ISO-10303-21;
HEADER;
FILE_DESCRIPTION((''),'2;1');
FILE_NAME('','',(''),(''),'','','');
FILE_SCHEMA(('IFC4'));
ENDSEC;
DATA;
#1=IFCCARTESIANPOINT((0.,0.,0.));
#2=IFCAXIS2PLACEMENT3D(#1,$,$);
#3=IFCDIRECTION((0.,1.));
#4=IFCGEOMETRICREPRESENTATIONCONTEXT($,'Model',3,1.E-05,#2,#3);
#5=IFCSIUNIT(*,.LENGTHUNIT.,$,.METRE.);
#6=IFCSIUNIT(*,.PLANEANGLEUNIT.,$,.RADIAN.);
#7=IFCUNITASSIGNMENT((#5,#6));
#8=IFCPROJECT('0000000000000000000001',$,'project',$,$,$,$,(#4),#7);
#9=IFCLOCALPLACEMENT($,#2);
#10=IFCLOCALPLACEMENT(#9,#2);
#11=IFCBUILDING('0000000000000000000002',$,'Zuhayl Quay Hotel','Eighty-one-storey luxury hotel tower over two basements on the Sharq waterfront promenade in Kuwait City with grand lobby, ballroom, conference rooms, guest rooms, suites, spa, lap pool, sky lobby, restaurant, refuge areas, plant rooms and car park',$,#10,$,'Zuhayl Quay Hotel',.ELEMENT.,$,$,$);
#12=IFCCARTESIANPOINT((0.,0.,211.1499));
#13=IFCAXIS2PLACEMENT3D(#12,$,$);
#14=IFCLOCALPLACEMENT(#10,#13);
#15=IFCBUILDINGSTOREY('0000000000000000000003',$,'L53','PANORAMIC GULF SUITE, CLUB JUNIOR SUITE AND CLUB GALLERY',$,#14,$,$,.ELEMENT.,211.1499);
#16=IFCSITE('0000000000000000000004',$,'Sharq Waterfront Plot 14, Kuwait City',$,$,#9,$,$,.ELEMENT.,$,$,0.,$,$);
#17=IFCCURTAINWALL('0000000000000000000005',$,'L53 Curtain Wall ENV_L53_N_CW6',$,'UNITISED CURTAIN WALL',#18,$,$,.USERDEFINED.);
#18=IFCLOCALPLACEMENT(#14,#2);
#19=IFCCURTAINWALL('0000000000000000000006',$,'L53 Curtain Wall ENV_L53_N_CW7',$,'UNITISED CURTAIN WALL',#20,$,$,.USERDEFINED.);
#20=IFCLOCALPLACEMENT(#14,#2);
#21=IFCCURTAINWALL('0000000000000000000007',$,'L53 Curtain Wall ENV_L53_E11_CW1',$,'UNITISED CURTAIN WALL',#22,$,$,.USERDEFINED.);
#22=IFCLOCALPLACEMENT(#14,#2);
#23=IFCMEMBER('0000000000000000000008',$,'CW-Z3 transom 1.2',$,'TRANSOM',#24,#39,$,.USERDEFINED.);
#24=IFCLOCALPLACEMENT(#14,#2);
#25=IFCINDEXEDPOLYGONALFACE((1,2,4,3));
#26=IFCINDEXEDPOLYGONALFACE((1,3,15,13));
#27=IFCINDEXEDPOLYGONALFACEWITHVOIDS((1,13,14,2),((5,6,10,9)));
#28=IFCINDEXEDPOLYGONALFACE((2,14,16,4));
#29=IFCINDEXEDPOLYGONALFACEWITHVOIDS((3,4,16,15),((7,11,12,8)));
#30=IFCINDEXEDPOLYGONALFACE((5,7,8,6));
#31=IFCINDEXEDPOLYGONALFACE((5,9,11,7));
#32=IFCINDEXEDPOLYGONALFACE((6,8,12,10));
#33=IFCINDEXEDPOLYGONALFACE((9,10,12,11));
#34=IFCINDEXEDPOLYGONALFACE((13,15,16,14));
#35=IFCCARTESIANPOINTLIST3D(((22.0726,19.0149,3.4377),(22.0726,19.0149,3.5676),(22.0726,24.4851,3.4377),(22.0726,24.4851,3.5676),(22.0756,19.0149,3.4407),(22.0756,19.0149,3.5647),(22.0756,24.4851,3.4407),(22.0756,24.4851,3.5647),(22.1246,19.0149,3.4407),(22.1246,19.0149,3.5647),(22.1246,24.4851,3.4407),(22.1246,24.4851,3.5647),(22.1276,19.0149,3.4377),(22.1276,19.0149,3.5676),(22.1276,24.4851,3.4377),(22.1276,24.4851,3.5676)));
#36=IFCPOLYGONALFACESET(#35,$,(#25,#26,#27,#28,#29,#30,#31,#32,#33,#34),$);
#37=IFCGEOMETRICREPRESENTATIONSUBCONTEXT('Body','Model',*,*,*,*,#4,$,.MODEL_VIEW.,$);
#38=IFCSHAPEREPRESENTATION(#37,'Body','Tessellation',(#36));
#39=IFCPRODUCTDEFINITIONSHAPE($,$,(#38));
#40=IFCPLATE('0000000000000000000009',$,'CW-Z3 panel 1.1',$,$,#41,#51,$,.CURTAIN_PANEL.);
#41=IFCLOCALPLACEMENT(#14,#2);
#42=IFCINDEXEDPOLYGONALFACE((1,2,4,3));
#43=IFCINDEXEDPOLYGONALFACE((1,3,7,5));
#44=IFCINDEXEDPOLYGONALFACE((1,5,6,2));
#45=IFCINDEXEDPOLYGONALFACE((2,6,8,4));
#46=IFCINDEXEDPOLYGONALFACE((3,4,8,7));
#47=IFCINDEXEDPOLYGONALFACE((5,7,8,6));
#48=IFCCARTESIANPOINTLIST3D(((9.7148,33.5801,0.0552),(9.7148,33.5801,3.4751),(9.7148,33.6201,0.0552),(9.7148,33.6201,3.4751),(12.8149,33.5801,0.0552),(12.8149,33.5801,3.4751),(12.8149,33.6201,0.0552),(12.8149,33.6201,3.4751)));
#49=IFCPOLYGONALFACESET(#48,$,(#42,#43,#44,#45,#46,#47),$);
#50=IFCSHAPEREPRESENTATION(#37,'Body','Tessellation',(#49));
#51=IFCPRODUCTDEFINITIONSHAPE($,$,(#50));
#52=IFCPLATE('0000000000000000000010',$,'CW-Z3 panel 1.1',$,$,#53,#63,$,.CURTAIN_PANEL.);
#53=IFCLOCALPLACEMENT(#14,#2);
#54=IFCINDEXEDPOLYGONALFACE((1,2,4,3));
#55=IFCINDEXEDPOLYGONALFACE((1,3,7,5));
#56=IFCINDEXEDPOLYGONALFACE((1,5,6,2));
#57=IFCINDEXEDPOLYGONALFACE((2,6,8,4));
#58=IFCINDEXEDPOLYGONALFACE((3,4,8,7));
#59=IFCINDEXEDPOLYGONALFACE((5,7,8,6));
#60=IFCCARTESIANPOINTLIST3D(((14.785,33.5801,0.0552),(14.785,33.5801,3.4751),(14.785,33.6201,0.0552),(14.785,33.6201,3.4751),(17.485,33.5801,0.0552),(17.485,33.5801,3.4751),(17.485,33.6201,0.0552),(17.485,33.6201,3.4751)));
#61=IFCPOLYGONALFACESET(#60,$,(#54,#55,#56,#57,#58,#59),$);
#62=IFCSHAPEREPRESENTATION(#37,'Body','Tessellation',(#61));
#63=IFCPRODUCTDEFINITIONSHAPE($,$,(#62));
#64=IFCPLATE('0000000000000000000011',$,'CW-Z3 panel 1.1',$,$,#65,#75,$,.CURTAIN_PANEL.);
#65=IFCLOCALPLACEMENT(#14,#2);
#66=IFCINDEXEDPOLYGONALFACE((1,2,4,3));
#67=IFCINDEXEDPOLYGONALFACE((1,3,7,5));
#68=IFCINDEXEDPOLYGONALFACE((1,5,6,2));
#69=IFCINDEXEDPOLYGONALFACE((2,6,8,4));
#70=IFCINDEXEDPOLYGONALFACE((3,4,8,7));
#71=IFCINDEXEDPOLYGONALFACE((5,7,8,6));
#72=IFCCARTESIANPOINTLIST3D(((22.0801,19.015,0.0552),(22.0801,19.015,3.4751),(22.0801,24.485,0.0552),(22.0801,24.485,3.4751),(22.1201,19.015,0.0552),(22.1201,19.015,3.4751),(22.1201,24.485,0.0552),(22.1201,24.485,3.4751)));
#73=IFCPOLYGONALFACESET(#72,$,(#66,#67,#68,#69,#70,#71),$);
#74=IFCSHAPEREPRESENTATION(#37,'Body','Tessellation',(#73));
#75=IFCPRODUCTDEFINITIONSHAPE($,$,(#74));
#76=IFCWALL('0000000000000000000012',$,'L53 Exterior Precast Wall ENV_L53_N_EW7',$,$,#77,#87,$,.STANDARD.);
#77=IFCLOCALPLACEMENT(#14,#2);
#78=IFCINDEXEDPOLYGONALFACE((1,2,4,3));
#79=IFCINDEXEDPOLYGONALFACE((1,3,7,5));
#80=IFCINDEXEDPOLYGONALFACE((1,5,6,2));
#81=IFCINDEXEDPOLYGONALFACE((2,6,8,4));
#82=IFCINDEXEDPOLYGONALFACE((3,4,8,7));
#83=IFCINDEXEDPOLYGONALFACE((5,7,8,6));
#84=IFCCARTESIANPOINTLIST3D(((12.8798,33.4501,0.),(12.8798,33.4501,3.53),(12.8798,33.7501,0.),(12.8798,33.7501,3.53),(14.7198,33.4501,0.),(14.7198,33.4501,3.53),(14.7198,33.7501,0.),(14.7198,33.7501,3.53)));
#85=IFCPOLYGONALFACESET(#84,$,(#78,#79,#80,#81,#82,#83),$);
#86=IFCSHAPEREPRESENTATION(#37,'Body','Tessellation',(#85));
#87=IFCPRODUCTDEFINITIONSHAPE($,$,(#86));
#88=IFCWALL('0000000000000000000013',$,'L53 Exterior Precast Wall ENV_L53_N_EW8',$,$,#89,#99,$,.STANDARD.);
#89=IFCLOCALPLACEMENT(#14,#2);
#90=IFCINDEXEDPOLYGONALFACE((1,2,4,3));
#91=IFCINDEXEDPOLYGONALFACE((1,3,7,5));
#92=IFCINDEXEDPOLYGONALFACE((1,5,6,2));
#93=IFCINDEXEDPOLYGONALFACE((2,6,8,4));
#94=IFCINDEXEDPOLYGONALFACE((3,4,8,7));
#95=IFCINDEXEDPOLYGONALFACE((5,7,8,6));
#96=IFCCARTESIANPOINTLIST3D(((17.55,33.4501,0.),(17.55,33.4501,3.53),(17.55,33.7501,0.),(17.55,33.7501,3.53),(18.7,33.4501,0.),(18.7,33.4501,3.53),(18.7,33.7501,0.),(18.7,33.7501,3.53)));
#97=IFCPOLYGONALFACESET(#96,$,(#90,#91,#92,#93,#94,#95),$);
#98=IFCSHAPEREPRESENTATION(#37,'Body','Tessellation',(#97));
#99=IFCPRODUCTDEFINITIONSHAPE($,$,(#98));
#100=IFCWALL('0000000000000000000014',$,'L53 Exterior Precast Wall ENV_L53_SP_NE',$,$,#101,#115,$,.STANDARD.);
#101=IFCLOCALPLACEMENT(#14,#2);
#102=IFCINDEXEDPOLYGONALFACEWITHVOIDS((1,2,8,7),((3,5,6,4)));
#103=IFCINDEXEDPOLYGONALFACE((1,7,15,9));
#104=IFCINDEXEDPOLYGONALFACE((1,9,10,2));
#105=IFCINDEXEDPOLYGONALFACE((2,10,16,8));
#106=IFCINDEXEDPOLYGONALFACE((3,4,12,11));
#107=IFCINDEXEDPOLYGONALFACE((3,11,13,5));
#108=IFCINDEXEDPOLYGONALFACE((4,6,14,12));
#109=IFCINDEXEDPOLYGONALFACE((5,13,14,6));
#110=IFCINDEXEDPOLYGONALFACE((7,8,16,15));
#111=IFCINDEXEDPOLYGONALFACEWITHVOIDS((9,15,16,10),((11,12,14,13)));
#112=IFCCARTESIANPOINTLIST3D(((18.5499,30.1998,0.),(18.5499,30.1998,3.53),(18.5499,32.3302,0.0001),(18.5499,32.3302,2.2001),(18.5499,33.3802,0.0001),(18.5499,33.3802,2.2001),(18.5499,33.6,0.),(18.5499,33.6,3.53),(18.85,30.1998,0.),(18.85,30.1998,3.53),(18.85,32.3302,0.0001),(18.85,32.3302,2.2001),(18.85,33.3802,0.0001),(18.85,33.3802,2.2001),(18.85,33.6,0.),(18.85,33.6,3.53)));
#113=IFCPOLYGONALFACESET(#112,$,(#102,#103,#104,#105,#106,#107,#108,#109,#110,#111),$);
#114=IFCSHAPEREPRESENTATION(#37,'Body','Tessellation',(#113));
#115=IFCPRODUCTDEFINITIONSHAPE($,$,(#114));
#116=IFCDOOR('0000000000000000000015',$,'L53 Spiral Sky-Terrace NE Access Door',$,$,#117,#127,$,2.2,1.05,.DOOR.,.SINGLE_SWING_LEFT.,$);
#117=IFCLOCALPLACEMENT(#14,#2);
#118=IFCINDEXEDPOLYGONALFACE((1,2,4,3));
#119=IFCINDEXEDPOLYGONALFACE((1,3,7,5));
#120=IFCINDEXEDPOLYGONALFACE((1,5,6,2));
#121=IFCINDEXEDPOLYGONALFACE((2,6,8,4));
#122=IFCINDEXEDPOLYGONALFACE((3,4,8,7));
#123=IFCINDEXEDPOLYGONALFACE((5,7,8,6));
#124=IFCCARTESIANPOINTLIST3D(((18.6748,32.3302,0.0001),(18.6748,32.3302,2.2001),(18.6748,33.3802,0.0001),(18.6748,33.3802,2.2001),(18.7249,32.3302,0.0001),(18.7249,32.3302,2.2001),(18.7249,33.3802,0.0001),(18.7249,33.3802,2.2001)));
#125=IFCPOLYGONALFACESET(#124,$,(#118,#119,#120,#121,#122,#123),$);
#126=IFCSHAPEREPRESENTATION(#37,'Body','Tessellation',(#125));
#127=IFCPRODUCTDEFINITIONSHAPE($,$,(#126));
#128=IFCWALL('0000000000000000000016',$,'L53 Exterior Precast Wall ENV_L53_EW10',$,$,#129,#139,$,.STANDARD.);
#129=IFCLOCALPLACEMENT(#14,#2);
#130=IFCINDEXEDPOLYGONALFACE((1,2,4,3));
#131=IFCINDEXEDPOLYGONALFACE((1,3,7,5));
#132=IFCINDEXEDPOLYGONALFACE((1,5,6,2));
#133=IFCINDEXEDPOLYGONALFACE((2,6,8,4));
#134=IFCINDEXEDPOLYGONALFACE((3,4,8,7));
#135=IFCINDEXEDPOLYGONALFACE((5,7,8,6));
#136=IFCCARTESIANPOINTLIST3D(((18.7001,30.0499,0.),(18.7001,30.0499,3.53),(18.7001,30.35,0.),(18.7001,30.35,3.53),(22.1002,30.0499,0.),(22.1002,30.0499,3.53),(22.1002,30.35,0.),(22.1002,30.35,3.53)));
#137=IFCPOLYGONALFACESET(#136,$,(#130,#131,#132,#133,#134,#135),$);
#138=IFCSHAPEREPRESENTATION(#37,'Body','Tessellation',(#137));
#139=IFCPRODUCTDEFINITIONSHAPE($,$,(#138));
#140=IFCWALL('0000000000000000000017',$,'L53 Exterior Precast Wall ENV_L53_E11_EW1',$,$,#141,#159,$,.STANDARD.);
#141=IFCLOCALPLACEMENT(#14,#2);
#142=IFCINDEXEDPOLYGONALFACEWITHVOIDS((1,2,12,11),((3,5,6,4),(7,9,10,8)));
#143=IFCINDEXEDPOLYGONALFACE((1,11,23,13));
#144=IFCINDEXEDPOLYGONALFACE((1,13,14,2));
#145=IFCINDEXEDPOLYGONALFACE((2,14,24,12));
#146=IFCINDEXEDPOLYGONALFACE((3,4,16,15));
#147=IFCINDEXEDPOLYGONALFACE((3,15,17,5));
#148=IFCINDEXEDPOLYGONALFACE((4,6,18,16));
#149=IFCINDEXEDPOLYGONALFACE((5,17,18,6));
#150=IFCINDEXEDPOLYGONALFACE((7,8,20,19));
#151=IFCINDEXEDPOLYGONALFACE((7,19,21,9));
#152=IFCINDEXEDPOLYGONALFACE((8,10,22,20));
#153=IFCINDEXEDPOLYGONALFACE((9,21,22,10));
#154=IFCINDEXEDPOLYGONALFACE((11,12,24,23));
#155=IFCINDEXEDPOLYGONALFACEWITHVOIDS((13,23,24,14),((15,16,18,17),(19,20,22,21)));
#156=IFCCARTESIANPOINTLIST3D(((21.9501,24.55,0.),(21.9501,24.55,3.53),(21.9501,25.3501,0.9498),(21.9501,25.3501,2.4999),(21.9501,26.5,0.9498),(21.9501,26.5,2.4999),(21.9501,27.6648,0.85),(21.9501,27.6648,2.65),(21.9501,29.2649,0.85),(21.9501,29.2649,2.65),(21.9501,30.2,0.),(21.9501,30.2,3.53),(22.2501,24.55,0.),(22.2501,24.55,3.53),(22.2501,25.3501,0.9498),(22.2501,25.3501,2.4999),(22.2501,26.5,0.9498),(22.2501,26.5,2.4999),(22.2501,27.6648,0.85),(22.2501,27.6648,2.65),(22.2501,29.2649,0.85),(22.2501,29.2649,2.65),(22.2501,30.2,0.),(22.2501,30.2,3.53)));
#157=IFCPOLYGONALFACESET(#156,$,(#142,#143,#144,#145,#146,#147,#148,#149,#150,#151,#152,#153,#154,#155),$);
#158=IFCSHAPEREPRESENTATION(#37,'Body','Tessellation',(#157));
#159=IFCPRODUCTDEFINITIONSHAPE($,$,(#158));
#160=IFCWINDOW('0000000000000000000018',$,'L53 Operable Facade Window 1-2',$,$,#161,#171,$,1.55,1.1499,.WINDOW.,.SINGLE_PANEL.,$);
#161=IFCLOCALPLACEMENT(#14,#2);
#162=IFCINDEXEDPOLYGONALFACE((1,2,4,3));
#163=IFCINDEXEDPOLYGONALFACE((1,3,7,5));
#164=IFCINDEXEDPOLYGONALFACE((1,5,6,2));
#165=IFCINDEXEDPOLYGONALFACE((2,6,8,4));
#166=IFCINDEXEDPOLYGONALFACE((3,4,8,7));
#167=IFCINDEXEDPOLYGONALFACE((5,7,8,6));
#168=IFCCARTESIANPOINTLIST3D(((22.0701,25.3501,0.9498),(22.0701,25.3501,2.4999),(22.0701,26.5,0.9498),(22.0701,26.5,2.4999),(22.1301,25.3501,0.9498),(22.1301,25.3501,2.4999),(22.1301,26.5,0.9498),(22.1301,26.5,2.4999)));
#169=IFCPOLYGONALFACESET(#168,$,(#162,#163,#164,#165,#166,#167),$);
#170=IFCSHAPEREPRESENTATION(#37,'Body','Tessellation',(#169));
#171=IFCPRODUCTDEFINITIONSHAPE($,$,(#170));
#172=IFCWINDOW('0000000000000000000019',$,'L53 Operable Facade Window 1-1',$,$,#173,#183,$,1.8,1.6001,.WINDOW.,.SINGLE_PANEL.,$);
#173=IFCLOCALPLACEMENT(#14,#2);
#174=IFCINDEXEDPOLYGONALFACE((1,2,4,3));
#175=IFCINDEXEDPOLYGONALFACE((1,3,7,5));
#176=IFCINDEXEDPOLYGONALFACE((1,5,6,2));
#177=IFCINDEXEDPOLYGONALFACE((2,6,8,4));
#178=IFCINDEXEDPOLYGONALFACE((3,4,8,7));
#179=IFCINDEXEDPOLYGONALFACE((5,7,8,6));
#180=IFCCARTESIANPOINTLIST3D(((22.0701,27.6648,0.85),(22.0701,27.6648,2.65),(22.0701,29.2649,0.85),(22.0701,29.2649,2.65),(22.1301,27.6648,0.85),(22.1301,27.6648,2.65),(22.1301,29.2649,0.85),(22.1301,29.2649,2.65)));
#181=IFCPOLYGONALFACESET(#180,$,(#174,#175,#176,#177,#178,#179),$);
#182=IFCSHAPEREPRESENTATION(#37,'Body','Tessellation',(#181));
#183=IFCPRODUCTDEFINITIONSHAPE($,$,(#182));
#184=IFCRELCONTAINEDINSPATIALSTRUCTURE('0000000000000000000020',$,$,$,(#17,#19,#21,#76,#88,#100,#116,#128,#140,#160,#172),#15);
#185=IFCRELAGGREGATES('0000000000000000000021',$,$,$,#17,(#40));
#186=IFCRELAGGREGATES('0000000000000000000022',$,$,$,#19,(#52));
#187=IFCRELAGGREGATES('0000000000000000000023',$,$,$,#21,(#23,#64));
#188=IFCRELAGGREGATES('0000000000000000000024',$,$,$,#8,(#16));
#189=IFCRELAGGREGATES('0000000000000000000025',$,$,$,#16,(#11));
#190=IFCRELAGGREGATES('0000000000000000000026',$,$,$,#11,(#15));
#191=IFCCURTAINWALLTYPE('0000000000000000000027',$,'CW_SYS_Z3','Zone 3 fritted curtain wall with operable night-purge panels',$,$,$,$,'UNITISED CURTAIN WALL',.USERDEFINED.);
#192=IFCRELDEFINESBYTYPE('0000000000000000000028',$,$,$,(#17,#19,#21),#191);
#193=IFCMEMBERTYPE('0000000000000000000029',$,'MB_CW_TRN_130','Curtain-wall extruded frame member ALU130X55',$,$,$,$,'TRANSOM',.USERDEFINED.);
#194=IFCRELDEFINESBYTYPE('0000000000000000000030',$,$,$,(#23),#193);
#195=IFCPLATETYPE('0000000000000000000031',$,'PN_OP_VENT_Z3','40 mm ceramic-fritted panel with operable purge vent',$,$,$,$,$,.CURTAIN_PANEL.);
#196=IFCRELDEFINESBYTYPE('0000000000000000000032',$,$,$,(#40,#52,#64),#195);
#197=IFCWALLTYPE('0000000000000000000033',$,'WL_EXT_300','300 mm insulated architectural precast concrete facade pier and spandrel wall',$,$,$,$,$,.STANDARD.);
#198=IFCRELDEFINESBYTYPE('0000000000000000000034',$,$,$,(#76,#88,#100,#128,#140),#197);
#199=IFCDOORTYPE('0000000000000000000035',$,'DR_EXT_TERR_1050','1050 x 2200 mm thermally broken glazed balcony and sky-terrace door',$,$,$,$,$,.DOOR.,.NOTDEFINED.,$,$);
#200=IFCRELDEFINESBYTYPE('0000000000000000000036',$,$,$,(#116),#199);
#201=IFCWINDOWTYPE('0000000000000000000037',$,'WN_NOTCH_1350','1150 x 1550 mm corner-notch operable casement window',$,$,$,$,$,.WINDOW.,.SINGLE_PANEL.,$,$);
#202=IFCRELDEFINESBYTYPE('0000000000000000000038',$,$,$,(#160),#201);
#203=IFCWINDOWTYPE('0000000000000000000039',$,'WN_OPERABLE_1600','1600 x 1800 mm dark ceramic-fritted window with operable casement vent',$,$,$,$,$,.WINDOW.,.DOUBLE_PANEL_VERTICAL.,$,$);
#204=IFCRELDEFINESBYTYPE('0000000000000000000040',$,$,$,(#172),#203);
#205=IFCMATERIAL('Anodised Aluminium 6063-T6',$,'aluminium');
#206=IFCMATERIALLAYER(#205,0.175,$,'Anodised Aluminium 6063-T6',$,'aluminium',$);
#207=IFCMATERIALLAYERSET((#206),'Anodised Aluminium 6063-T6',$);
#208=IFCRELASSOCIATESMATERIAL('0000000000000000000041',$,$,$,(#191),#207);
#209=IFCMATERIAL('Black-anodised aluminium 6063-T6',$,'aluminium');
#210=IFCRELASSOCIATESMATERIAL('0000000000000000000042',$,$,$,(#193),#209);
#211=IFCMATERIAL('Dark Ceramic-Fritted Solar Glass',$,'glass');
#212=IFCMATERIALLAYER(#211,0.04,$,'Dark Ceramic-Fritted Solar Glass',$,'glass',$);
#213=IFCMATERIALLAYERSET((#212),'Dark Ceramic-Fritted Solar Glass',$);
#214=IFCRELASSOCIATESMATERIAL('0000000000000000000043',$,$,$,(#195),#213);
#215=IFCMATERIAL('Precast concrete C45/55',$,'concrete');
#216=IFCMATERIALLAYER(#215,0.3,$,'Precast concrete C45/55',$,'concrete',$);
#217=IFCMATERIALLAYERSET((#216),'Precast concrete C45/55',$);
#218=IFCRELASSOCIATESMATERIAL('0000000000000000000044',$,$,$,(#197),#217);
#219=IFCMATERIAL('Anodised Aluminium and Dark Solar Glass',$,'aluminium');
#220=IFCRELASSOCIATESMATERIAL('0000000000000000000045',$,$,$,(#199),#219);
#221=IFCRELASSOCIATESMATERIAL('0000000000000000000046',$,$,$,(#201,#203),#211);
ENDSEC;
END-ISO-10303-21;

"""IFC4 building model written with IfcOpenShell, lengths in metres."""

from ifc_helpers import new_model, si_unit, direction, frame, frame_2d, origin, origin_2d, place, context, subcontext, project, spatial, rectangle, hollow_rectangle, extrude, material, layer, layer_set, material_profile, profile_set, type_object, element, fill, aggregate, save


model = new_model("IFC4")

# Units and contexts
model_context = context("Model", 3, precision=1e-05, world=origin(), true_north=direction((0.0, 1.0)))
body_context = subcontext(model_context, "Body", "Model", "MODEL_VIEW")
ifc_project = project(units=[si_unit("LENGTHUNIT", "METRE"), si_unit("PLANEANGLEUNIT", "RADIAN")], contexts=[model_context])

# Site, building, storey
site_placement = place(None, origin())
site = spatial("IfcSite", under=ifc_project, at=site_placement, Name="Sharq Waterfront Plot 14, Kuwait City", CompositionType="ELEMENT", RefElevation=0.0)
building_placement = place(site_placement, origin())
building = spatial("IfcBuilding", under=site, at=building_placement, Name="Zuhayl Quay Hotel", Description="Eighty-one-storey luxury hotel tower over two basements on the Sharq waterfront promenade in Kuwait City with grand lobby, ballroom, conference rooms, guest rooms, suites, spa, lap pool, sky lobby, restaurant, refuge areas, plant rooms and car park", LongName="Zuhayl Quay Hotel", CompositionType="ELEMENT")
storey_placement = place(building_placement, frame((0.0, 0.0, 211.1499)))
storey = spatial("IfcBuildingStorey", under=building, at=storey_placement, Name="L53", Description="PANORAMIC GULF SUITE, CLUB JUNIOR SUITE AND CLUB GALLERY", CompositionType="ELEMENT", Elevation=211.1499)

# Curtain wall
ifc_material_1 = material(Name="Anodised Aluminium 6063-T6", Category="aluminium")
ifc_layer_1 = layer(ifc_material_1, 0.175, Name="Anodised Aluminium 6063-T6", Category="aluminium")
ifc_layer_set_1 = layer_set([ifc_layer_1], Name="Anodised Aluminium 6063-T6")
curtain_wall_type = type_object("IfcCurtainWallType", Name="CW_SYS_Z3", Description="Zone 3 fritted curtain wall with operable night-purge panels", ElementType="UNITISED CURTAIN WALL", PredefinedType="USERDEFINED", material=ifc_layer_set_1)
curtain_wall_1_placement = place(storey_placement, origin())
curtain_wall_1 = element("IfcCurtainWall", 1, at=curtain_wall_1_placement, inside=storey, type_object=curtain_wall_type, Name="L53 Curtain Wall ENV_L53_N_CW6", ObjectType="UNITISED CURTAIN WALL", PredefinedType="USERDEFINED")
ifc_material_2 = material(Name="Black-anodised aluminium 6063-T6", Category="aluminium")

# Curtain walls
curtain_wall_2_placement = place(storey_placement, origin())
curtain_wall_2 = element("IfcCurtainWall", 2, at=curtain_wall_2_placement, inside=storey, type_object=curtain_wall_type, Name="L53 Curtain Wall ENV_L53_N_CW7", ObjectType="UNITISED CURTAIN WALL", PredefinedType="USERDEFINED")
curtain_wall_3_placement = place(storey_placement, origin())
curtain_wall_3 = element("IfcCurtainWall", 3, at=curtain_wall_3_placement, inside=storey, type_object=curtain_wall_type, Name="L53 Curtain Wall ENV_L53_E11_CW1", ObjectType="UNITISED CURTAIN WALL", PredefinedType="USERDEFINED")

# Member
ifc_material_profile_1 = material_profile(ifc_material_2, hollow_rectangle(XDim=0.0549, YDim=0.1299, WallThickness=0.0029, at=origin_2d()), Name="ALU130X55")
ifc_profile_set_1 = profile_set([ifc_material_profile_1], Name="Black-anodised aluminium 6063-T6")
member_type_1 = type_object("IfcMemberType", Name="MB_CW_TRN_130", Description="Curtain-wall extruded frame member ALU130X55", ElementType="TRANSOM", PredefinedType="USERDEFINED", material=ifc_profile_set_1)
member_1_placement = place(storey_placement, frame((22.1001, 24.4851, 3.5027), z_axis=(0.0, -1.0, 0.0), x_axis=(1.0, 0.0, 0.0)))
member_1 = element("IfcMember", 4, at=member_1_placement, type_object=member_type_1, Name="CW-Z3 transom 1.2", ObjectType="TRANSOM", PredefinedType="USERDEFINED", context=body_context, shape_type="SweptSolid", body=[
    extrude(hollow_rectangle(XDim=0.0549, YDim=0.1299, WallThickness=0.0029, at=origin_2d()), origin(), (0.0, 0.0, 1.0), 5.4702),
])

# Plates
ifc_material_3 = material(Name="Dark Ceramic-Fritted Solar Glass", Category="glass")
ifc_layer_2 = layer(ifc_material_3, 0.04, Name="Dark Ceramic-Fritted Solar Glass", Category="glass")
ifc_layer_set_2 = layer_set([ifc_layer_2], Name="Dark Ceramic-Fritted Solar Glass")
plate_type = type_object("IfcPlateType", Name="PN_OP_VENT_Z3", Description="40 mm ceramic-fritted panel with operable purge vent", PredefinedType="CURTAIN_PANEL", material=ifc_layer_set_2)
plate_1_placement = place(storey_placement, frame((11.2649, 33.6001, 0.0552), z_axis=(0.0, 0.0, 1.0), x_axis=(1.0, 0.0, 0.0)))
plate_1 = element("IfcPlate", 5, at=plate_1_placement, type_object=plate_type, Name="CW-Z3 panel 1.1", PredefinedType="CURTAIN_PANEL", context=body_context, shape_type="SweptSolid", body=[
    extrude(rectangle(XDim=3.1001, YDim=0.04, at=origin_2d()), origin(), (0.0, 0.0, 1.0), 3.4199),
])
aggregate(curtain_wall_1, [plate_1])
plate_2_placement = place(storey_placement, frame((16.135, 33.6001, 0.0552), z_axis=(0.0, 0.0, 1.0), x_axis=(1.0, 0.0, 0.0)))
plate_2 = element("IfcPlate", 6, at=plate_2_placement, type_object=plate_type, Name="CW-Z3 panel 1.1", PredefinedType="CURTAIN_PANEL", context=body_context, shape_type="SweptSolid", body=[
    extrude(rectangle(XDim=2.7, YDim=0.04, at=origin_2d()), origin(), (0.0, 0.0, 1.0), 3.4199),
])
aggregate(curtain_wall_2, [plate_2])
plate_3_placement = place(storey_placement, frame((22.1001, 21.75, 0.0552), z_axis=(0.0, 0.0, 1.0), x_axis=(0.0, -1.0, 0.0)))
plate_3 = element("IfcPlate", 7, at=plate_3_placement, type_object=plate_type, Name="CW-Z3 panel 1.1", PredefinedType="CURTAIN_PANEL", context=body_context, shape_type="SweptSolid", body=[
    extrude(rectangle(XDim=5.47, YDim=0.04, at=origin_2d()), origin(), (0.0, 0.0, 1.0), 3.4199),
])
aggregate(curtain_wall_3, [member_1, plate_3])

# Walls
ifc_material_4 = material(Name="Precast concrete C45/55", Category="concrete")
ifc_layer_3 = layer(ifc_material_4, 0.3, Name="Precast concrete C45/55", Category="concrete")
ifc_layer_set_3 = layer_set([ifc_layer_3], Name="Precast concrete C45/55")
wall_type_1 = type_object("IfcWallType", Name="WL_EXT_300", Description="300 mm insulated architectural precast concrete facade pier and spandrel wall", PredefinedType="STANDARD", material=ifc_layer_set_3)
wall_1_placement = place(storey_placement, frame((12.8799, 33.6001, 0.0), z_axis=(0.0, 0.0, 1.0), x_axis=(1.0, 0.0, 0.0)))
element("IfcWall", 8, at=wall_1_placement, inside=storey, type_object=wall_type_1, Name="L53 Exterior Precast Wall ENV_L53_N_EW7", PredefinedType="STANDARD", context=body_context, shape_type="SweptSolid", body=[
    extrude(rectangle(XDim=1.8401, YDim=0.3, at=frame_2d((0.9199, 0.0))), origin(), (0.0, 0.0, 1.0), 3.53),
])
wall_2_placement = place(storey_placement, frame((17.55, 33.6001, 0.0), z_axis=(0.0, 0.0, 1.0), x_axis=(1.0, 0.0, 0.0)))
element("IfcWall", 9, at=wall_2_placement, inside=storey, type_object=wall_type_1, Name="L53 Exterior Precast Wall ENV_L53_N_EW8", PredefinedType="STANDARD", context=body_context, shape_type="SweptSolid", body=[
    extrude(rectangle(XDim=1.1499, YDim=0.3, at=frame_2d((0.575, 0.0))), origin(), (0.0, 0.0, 1.0), 3.53),
])

# Wall, opening, door
wall_3_placement = place(storey_placement, frame((18.7, 33.6001, 0.0), z_axis=(0.0, 0.0, 1.0), x_axis=(0.0, -1.0, 0.0)))
wall_3 = element("IfcWall", 10, at=wall_3_placement, inside=storey, type_object=wall_type_1, Name="L53 Exterior Precast Wall ENV_L53_SP_NE", PredefinedType="STANDARD", context=body_context, shape_type="SweptSolid", body=[
    extrude(rectangle(XDim=3.4001, YDim=0.3, at=frame_2d((1.7002, 0.0))), origin(), (0.0, 0.0, 1.0), 3.53),
])
opening_1_placement = place(wall_3_placement, frame((0.22, 0.0, 0.0)))
opening_1 = element("IfcOpeningElement", 11, at=opening_1_placement, cuts=wall_3, PredefinedType="OPENING", context=body_context, shape_type="SweptSolid", body=[
    extrude(rectangle(XDim=1.05, YDim=2.2, at=frame_2d((0.5249, 1.1001))), frame((0.0, 0.1599, 0.0), z_axis=(0.0, -1.0, 0.0), x_axis=(1.0, 0.0, 0.0)), (0.0, 0.0, 1.0), 0.3201),
])
ifc_material_5 = material(Name="Anodised Aluminium and Dark Solar Glass", Category="aluminium")
door_type_1 = type_object("IfcDoorType", Name="DR_EXT_TERR_1050", Description="1050 x 2200 mm thermally broken glazed balcony and sky-terrace door", OperationType="NOTDEFINED", PredefinedType="DOOR", material=ifc_material_5)
door_1_placement = place(opening_1_placement, origin())
door_1 = element("IfcDoor", 12, at=door_1_placement, inside=storey, type_object=door_type_1, Name="L53 Spiral Sky-Terrace NE Access Door", OperationType="SINGLE_SWING_LEFT", OverallHeight=2.2, OverallWidth=1.05, PredefinedType="DOOR", context=body_context, shape_type="SweptSolid", body=[
    extrude(rectangle(XDim=1.05, YDim=2.2, at=frame_2d((0.5249, 1.1001))), frame((0.0, 0.0249, 0.0), z_axis=(0.0, -1.0, 0.0), x_axis=(1.0, 0.0, 0.0)), (0.0, 0.0, 1.0), 0.05),
])
fill(opening_1, door_1)

# Wall
wall_4_placement = place(storey_placement, frame((18.7, 30.2, 0.0), z_axis=(0.0, 0.0, 1.0), x_axis=(1.0, 0.0, 0.0)))
element("IfcWall", 13, at=wall_4_placement, inside=storey, type_object=wall_type_1, Name="L53 Exterior Precast Wall ENV_L53_EW10", PredefinedType="STANDARD", context=body_context, shape_type="SweptSolid", body=[
    extrude(rectangle(XDim=3.4001, YDim=0.3, at=frame_2d((1.7002, 0.0))), origin(), (0.0, 0.0, 1.0), 3.53),
])

# Wall, openings, windows
wall_5_placement = place(storey_placement, frame((22.1001, 30.2, 0.0), z_axis=(0.0, 0.0, 1.0), x_axis=(0.0, -1.0, 0.0)))
wall_5 = element("IfcWall", 14, at=wall_5_placement, inside=storey, type_object=wall_type_1, Name="L53 Exterior Precast Wall ENV_L53_E11_EW1", PredefinedType="STANDARD", context=body_context, shape_type="SweptSolid", body=[
    extrude(rectangle(XDim=5.6499, YDim=0.3, at=frame_2d((2.825, 0.0))), origin(), (0.0, 0.0, 1.0), 3.53),
])
opening_2_placement = place(wall_5_placement, frame((0.9351, 0.0, 0.8501)))
opening_2 = element("IfcOpeningElement", 15, at=opening_2_placement, cuts=wall_5, PredefinedType="OPENING", context=body_context, shape_type="SweptSolid", body=[
    extrude(rectangle(XDim=1.6001, YDim=1.8, at=frame_2d((0.8, 0.8999))), frame((0.0, 0.1599, 0.0), z_axis=(0.0, -1.0, 0.0), x_axis=(1.0, 0.0, 0.0)), (0.0, 0.0, 1.0), 0.3201),
])
opening_3_placement = place(wall_5_placement, frame((3.7, 0.0, 0.95)))
opening_3 = element("IfcOpeningElement", 16, at=opening_3_placement, cuts=wall_5, PredefinedType="OPENING", context=body_context, shape_type="SweptSolid", body=[
    extrude(rectangle(XDim=1.1499, YDim=1.55, at=frame_2d((0.575, 0.7749))), frame((0.0, 0.1599, 0.0), z_axis=(0.0, -1.0, 0.0), x_axis=(1.0, 0.0, 0.0)), (0.0, 0.0, 1.0), 0.3201),
])
window_type_1 = type_object("IfcWindowType", Name="WN_NOTCH_1350", Description="1150 x 1550 mm corner-notch operable casement window", PartitioningType="SINGLE_PANEL", PredefinedType="WINDOW", material=ifc_material_3)
window_1_placement = place(opening_3_placement, origin())
window_1 = element("IfcWindow", 17, at=window_1_placement, inside=storey, type_object=window_type_1, Name="L53 Operable Facade Window 1-2", OverallHeight=1.55, OverallWidth=1.1499, PartitioningType="SINGLE_PANEL", PredefinedType="WINDOW", context=body_context, shape_type="SweptSolid", body=[
    extrude(rectangle(XDim=1.1499, YDim=1.55, at=frame_2d((0.575, 0.7749))), frame((0.0, 0.03, 0.0), z_axis=(0.0, -1.0, 0.0), x_axis=(1.0, 0.0, 0.0)), (0.0, 0.0, 1.0), 0.0601),
])
fill(opening_3, window_1)
window_type_2 = type_object("IfcWindowType", Name="WN_OPERABLE_1600", Description="1600 x 1800 mm dark ceramic-fritted window with operable casement vent", PartitioningType="DOUBLE_PANEL_VERTICAL", PredefinedType="WINDOW", material=ifc_material_3)
window_2_placement = place(opening_2_placement, origin())
window_2 = element("IfcWindow", 18, at=window_2_placement, inside=storey, type_object=window_type_2, Name="L53 Operable Facade Window 1-1", OverallHeight=1.8, OverallWidth=1.6001, PartitioningType="SINGLE_PANEL", PredefinedType="WINDOW", context=body_context, shape_type="SweptSolid", body=[
    extrude(rectangle(XDim=1.6001, YDim=1.8, at=frame_2d((0.8, 0.8999))), frame((0.0, 0.03, 0.0), z_axis=(0.0, -1.0, 0.0), x_axis=(1.0, 0.0, 0.0)), (0.0, 0.0, 1.0), 0.0601),
])
fill(opening_2, window_2)

save(model, "model.ifc")
